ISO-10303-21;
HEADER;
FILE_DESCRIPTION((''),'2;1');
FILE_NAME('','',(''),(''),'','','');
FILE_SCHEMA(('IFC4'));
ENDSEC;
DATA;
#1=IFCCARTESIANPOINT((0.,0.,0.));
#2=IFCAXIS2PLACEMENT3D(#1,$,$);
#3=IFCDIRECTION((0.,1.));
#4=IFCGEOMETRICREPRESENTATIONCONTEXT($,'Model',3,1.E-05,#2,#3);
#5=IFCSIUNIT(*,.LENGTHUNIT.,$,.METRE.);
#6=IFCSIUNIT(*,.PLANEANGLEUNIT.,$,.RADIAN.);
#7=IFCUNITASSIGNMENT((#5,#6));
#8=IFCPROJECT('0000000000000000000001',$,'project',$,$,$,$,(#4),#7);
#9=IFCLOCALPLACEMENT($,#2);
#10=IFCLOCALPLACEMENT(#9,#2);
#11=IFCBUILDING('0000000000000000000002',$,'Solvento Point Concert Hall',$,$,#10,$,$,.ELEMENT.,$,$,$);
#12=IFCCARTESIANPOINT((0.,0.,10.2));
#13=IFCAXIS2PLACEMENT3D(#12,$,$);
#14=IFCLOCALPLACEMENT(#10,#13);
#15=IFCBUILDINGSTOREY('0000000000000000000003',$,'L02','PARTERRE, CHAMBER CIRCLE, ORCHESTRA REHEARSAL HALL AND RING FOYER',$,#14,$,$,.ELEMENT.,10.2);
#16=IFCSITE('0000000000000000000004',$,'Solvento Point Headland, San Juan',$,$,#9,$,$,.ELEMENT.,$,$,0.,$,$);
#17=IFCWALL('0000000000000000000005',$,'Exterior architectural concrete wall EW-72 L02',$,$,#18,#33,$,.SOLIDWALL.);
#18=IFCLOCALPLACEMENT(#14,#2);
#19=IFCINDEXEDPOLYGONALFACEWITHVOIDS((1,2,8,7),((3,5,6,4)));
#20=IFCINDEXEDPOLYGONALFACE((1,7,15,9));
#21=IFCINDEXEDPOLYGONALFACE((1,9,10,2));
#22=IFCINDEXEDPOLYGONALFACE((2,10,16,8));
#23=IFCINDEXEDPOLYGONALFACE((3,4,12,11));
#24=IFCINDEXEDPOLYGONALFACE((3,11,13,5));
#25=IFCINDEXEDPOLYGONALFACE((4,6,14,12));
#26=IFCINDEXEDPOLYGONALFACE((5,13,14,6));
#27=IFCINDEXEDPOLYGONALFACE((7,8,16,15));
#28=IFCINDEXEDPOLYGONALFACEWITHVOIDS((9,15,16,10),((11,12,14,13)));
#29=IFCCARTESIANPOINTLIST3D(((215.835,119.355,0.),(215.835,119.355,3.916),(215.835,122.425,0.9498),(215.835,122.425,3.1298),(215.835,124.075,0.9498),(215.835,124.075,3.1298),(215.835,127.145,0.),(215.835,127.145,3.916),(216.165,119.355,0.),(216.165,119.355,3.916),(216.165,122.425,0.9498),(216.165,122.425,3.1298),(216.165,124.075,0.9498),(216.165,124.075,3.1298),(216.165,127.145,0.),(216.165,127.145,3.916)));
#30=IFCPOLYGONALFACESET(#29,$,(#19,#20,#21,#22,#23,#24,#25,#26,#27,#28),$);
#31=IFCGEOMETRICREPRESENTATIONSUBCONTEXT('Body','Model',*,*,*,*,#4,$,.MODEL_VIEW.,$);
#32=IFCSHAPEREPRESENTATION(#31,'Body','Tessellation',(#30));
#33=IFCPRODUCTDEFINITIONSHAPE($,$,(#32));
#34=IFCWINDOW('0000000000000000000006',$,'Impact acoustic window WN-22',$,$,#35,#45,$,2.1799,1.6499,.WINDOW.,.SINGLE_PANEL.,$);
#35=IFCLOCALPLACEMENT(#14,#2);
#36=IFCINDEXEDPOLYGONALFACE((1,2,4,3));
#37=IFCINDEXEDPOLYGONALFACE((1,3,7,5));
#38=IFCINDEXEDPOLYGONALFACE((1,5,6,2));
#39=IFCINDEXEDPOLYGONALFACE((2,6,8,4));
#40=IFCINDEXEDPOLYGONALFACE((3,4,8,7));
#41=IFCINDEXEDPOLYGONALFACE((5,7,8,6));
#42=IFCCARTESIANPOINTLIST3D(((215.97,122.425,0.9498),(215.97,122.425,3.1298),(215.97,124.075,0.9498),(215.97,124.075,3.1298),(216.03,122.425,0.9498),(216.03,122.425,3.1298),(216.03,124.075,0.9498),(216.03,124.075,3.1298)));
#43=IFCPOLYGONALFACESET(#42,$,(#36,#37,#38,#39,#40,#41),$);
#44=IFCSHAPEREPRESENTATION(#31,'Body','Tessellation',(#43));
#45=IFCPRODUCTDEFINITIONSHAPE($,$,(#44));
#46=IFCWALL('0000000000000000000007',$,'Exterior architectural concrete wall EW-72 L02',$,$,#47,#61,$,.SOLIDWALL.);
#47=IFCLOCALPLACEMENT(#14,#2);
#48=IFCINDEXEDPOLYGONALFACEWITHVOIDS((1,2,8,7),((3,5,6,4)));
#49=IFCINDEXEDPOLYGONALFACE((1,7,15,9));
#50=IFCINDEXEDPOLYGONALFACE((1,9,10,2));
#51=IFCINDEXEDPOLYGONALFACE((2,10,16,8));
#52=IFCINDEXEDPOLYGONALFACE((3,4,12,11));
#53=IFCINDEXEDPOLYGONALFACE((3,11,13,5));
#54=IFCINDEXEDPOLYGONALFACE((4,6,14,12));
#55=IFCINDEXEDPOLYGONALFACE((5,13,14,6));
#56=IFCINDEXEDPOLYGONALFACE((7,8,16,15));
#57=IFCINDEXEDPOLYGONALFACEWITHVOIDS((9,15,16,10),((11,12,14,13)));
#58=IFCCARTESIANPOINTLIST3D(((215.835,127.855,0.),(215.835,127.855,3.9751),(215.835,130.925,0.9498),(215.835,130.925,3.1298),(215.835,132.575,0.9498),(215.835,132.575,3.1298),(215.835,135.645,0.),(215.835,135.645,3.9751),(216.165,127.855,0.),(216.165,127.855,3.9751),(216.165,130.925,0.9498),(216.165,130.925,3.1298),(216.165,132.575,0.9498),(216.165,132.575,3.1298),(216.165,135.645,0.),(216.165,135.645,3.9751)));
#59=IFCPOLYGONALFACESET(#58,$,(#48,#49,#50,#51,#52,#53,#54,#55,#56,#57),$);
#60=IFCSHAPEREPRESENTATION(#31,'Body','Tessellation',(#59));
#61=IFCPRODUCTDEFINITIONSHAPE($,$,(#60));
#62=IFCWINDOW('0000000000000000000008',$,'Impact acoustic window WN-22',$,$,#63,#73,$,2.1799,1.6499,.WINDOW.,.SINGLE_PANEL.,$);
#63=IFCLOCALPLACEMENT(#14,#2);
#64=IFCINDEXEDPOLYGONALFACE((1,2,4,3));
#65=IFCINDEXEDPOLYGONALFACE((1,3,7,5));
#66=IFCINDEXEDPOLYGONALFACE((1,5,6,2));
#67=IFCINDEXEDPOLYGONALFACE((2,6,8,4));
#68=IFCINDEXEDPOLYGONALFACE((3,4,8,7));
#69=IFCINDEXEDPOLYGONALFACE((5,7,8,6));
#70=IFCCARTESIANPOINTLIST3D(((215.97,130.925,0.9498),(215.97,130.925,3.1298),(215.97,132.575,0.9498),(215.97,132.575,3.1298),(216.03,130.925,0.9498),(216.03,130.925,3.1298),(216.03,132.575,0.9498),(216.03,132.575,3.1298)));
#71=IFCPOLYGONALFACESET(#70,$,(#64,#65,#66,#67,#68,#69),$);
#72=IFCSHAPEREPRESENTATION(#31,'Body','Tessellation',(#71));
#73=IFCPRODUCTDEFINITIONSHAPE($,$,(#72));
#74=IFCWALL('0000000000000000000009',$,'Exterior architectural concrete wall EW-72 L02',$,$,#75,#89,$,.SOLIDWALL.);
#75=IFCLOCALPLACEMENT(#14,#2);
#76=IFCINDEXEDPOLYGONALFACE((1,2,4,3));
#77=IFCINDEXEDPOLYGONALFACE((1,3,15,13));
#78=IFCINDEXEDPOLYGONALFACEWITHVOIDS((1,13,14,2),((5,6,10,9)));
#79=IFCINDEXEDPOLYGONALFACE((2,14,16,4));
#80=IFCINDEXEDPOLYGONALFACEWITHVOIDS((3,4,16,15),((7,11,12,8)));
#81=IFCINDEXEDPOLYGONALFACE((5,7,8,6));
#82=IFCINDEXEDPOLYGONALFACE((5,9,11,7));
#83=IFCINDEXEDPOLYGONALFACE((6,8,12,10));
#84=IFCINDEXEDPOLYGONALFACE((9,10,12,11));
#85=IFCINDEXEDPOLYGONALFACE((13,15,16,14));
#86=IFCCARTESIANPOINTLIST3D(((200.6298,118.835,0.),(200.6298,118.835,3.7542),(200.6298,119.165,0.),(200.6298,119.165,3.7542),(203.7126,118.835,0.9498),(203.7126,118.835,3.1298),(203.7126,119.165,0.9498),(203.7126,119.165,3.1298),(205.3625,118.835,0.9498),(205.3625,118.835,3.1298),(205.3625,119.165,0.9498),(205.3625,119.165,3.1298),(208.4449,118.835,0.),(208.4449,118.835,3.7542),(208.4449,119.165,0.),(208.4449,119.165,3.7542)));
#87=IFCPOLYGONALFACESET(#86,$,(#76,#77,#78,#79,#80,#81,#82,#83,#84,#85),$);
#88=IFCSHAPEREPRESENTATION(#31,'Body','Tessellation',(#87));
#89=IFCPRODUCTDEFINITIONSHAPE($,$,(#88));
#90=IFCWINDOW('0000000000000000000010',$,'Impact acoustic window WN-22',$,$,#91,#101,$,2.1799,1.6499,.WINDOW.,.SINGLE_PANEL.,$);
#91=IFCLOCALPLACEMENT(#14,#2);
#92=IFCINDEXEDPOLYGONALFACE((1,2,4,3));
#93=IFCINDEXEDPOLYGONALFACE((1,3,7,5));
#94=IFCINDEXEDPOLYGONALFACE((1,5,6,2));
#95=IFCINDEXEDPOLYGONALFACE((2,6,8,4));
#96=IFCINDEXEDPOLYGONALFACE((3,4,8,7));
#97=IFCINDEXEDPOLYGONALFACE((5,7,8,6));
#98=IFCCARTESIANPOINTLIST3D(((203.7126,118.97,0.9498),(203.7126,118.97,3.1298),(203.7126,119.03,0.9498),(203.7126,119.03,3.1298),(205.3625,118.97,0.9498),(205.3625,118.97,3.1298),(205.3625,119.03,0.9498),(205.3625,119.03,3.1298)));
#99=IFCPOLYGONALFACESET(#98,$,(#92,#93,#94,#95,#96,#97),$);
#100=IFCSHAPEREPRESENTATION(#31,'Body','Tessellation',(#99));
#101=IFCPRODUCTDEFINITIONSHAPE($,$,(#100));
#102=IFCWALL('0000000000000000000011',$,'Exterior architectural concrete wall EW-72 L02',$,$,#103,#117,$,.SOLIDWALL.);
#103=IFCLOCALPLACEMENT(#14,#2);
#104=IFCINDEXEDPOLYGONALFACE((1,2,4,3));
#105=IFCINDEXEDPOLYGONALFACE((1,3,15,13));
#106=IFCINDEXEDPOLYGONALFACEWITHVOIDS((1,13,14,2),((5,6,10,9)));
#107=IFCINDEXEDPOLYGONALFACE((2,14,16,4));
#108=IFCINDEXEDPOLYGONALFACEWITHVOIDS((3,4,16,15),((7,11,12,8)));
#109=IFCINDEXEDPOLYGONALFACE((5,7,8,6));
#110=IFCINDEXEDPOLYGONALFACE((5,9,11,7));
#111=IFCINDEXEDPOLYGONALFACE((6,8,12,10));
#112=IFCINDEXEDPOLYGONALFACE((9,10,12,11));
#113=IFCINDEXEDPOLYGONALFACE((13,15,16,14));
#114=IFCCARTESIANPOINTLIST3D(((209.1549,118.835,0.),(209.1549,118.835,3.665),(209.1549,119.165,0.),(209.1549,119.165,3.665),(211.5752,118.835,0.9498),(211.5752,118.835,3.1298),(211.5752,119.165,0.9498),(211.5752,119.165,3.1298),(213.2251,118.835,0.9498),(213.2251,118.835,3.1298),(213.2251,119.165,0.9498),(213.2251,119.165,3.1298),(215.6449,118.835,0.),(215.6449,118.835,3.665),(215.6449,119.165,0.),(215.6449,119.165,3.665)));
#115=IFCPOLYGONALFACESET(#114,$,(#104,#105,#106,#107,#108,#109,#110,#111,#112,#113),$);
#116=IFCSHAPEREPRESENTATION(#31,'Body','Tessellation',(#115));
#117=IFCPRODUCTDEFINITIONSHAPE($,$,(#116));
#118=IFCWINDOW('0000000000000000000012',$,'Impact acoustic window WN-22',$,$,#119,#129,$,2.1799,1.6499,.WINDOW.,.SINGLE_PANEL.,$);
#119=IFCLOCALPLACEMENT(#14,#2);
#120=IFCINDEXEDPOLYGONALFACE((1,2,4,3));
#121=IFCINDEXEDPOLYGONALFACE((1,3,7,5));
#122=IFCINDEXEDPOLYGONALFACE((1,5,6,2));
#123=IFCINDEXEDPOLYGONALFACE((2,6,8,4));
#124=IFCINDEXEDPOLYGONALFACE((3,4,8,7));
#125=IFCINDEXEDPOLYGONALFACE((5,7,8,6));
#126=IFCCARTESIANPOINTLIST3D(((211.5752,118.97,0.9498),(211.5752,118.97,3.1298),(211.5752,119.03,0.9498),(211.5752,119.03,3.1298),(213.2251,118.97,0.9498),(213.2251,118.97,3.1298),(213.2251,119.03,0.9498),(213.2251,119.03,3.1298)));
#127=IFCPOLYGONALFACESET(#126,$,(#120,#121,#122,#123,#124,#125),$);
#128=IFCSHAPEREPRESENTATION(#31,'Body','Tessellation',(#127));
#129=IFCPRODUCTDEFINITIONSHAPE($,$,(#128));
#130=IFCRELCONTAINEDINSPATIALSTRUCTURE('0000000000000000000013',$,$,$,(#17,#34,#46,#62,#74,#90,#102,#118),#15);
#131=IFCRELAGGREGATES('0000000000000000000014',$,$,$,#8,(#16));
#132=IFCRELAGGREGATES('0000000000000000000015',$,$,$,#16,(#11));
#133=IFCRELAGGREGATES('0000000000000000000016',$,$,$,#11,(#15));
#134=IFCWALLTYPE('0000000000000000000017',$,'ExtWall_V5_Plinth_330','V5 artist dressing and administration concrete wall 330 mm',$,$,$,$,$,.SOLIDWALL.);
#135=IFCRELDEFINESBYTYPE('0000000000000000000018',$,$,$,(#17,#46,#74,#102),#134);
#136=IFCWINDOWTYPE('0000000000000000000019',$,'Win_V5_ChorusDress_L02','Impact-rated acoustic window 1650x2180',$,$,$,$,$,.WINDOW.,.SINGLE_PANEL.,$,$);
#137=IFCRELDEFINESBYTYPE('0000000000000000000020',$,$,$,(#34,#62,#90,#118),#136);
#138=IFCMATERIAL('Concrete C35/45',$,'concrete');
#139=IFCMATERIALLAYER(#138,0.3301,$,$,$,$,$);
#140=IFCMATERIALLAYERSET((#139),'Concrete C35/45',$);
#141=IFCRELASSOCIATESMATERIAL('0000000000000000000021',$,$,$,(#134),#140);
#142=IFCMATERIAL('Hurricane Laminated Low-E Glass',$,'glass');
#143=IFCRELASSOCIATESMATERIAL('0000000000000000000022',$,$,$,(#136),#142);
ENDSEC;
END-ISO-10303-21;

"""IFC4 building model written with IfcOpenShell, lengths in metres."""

from ifc_helpers import new_model, si_unit, direction, frame, frame_2d, origin, place, context, subcontext, project, spatial, rectangle, extrude, material, layer, layer_set, type_object, element, fill, save


model = new_model("IFC4")

# Units and contexts
model_context = context("Model", 3, precision=1e-05, world=origin(), true_north=direction((0.0, 1.0)))
body_context = subcontext(model_context, "Body", "Model", "MODEL_VIEW")
ifc_project = project(units=[si_unit("LENGTHUNIT", "METRE"), si_unit("PLANEANGLEUNIT", "RADIAN")], contexts=[model_context])

# Site, building, storey
site_placement = place(None, origin())
site = spatial("IfcSite", under=ifc_project, at=site_placement, Name="Solvento Point Headland, San Juan", CompositionType="ELEMENT", RefElevation=0.0)
building_placement = place(site_placement, origin())
building = spatial("IfcBuilding", under=site, at=building_placement, Name="Solvento Point Concert Hall", CompositionType="ELEMENT")
storey_placement = place(building_placement, frame((0.0, 0.0, 10.2)))
storey = spatial("IfcBuildingStorey", under=building, at=storey_placement, Name="L02", Description="PARTERRE, CHAMBER CIRCLE, ORCHESTRA REHEARSAL HALL AND RING FOYER", CompositionType="ELEMENT", Elevation=10.2)

# Walls, openings, windows
ifc_material_1 = material(Name="Concrete C35/45", Category="concrete")
ifc_layer_1 = layer(ifc_material_1, 0.3301)
ifc_layer_set_1 = layer_set([ifc_layer_1], Name="Concrete C35/45")
wall_type_1 = type_object("IfcWallType", Name="ExtWall_V5_Plinth_330", Description="V5 artist dressing and administration concrete wall 330 mm", PredefinedType="SOLIDWALL", material=ifc_layer_set_1)
ifc_material_2 = material(Name="Hurricane Laminated Low-E Glass", Category="glass")
window_type = type_object("IfcWindowType", Name="Win_V5_ChorusDress_L02", Description="Impact-rated acoustic window 1650x2180", PartitioningType="SINGLE_PANEL", PredefinedType="WINDOW", material=ifc_material_2)
wall_1_placement = place(storey_placement, frame((216.0, 127.145, 0.0), z_axis=(0.0, 0.0, 1.0), x_axis=(0.0, -1.0, 0.0)))
wall_1 = element("IfcWall", 1, at=wall_1_placement, inside=storey, type_object=wall_type_1, Name="Exterior architectural concrete wall EW-72 L02", PredefinedType="SOLIDWALL", context=body_context, shape_type="SweptSolid", body=[
    extrude(rectangle(XDim=7.79, YDim=0.3301, at=frame_2d((3.895, 0.0))), origin(), (0.0, 0.0, 1.0), 3.916),
])
opening_1_placement = place(wall_1_placement, frame((3.0701, 0.0, 0.95)))
opening_1 = element("IfcOpeningElement", 2, at=opening_1_placement, cuts=wall_1, PredefinedType="OPENING", context=body_context, shape_type="SweptSolid", body=[
    extrude(rectangle(XDim=1.6499, YDim=2.1799, at=frame_2d((0.825, 1.0898))), frame((0.0, 0.175, 0.0), z_axis=(0.0, -1.0, 0.0), x_axis=(1.0, 0.0, 0.0)), (0.0, 0.0, 1.0), 0.3501),
])
window_1_placement = place(opening_1_placement, origin())
window_1 = element("IfcWindow", 3, at=window_1_placement, inside=storey, type_object=window_type, Name="Impact acoustic window WN-22", OverallHeight=2.1799, OverallWidth=1.6499, PartitioningType="SINGLE_PANEL", PredefinedType="WINDOW", context=body_context, shape_type="SweptSolid", body=[
    extrude(rectangle(XDim=1.6499, YDim=2.1799, at=frame_2d((0.825, 1.0898))), frame((0.0, 0.03, 0.0), z_axis=(0.0, -1.0, 0.0), x_axis=(1.0, 0.0, 0.0)), (0.0, 0.0, 1.0), 0.0601),
])
fill(opening_1, window_1)
wall_2_placement = place(storey_placement, frame((216.0, 135.645, 0.0), z_axis=(0.0, 0.0, 1.0), x_axis=(0.0, -1.0, 0.0)))
wall_2 = element("IfcWall", 4, at=wall_2_placement, inside=storey, type_object=wall_type_1, Name="Exterior architectural concrete wall EW-72 L02", PredefinedType="SOLIDWALL", context=body_context, shape_type="SweptSolid", body=[
    extrude(rectangle(XDim=7.79, YDim=0.3301, at=frame_2d((3.895, 0.0))), origin(), (0.0, 0.0, 1.0), 3.9751),
])
opening_2_placement = place(wall_2_placement, frame((3.0701, 0.0, 0.95)))
opening_2 = element("IfcOpeningElement", 5, at=opening_2_placement, cuts=wall_2, PredefinedType="OPENING", context=body_context, shape_type="SweptSolid", body=[
    extrude(rectangle(XDim=1.6499, YDim=2.1799, at=frame_2d((0.825, 1.0898))), frame((0.0, 0.175, 0.0), z_axis=(0.0, -1.0, 0.0), x_axis=(1.0, 0.0, 0.0)), (0.0, 0.0, 1.0), 0.3501),
])
window_2_placement = place(opening_2_placement, origin())
window_2 = element("IfcWindow", 6, at=window_2_placement, inside=storey, type_object=window_type, Name="Impact acoustic window WN-22", OverallHeight=2.1799, OverallWidth=1.6499, PartitioningType="SINGLE_PANEL", PredefinedType="WINDOW", context=body_context, shape_type="SweptSolid", body=[
    extrude(rectangle(XDim=1.6499, YDim=2.1799, at=frame_2d((0.825, 1.0898))), frame((0.0, 0.03, 0.0), z_axis=(0.0, -1.0, 0.0), x_axis=(1.0, 0.0, 0.0)), (0.0, 0.0, 1.0), 0.0601),
])
fill(opening_2, window_2)
wall_3_placement = place(storey_placement, frame((208.4451, 119.0, 0.0), z_axis=(0.0, 0.0, 1.0), x_axis=(-1.0, 0.0, 0.0)))
wall_3 = element("IfcWall", 7, at=wall_3_placement, inside=storey, type_object=wall_type_1, Name="Exterior architectural concrete wall EW-72 L02", PredefinedType="SOLIDWALL", context=body_context, shape_type="SweptSolid", body=[
    extrude(rectangle(XDim=7.8152, YDim=0.3301, at=frame_2d((3.9077, 0.0))), origin(), (0.0, 0.0, 1.0), 3.7542),
])
opening_3_placement = place(wall_3_placement, frame((3.0825, 0.0, 0.95)))
opening_3 = element("IfcOpeningElement", 8, at=opening_3_placement, cuts=wall_3, PredefinedType="OPENING", context=body_context, shape_type="SweptSolid", body=[
    extrude(rectangle(XDim=1.6499, YDim=2.1799, at=frame_2d((0.825, 1.0898))), frame((0.0, 0.175, 0.0), z_axis=(0.0, -1.0, 0.0), x_axis=(1.0, 0.0, 0.0)), (0.0, 0.0, 1.0), 0.3501),
])
window_3_placement = place(opening_3_placement, origin())
window_3 = element("IfcWindow", 9, at=window_3_placement, inside=storey, type_object=window_type, Name="Impact acoustic window WN-22", OverallHeight=2.1799, OverallWidth=1.6499, PartitioningType="SINGLE_PANEL", PredefinedType="WINDOW", context=body_context, shape_type="SweptSolid", body=[
    extrude(rectangle(XDim=1.6499, YDim=2.1799, at=frame_2d((0.825, 1.0898))), frame((0.0, 0.03, 0.0), z_axis=(0.0, -1.0, 0.0), x_axis=(1.0, 0.0, 0.0)), (0.0, 0.0, 1.0), 0.0601),
])
fill(opening_3, window_3)
wall_4_placement = place(storey_placement, frame((215.645, 119.0, 0.0), z_axis=(0.0, 0.0, 1.0), x_axis=(-1.0, 0.0, 0.0)))
wall_4 = element("IfcWall", 10, at=wall_4_placement, inside=storey, type_object=wall_type_1, Name="Exterior architectural concrete wall EW-72 L02", PredefinedType="SOLIDWALL", context=body_context, shape_type="SweptSolid", body=[
    extrude(rectangle(XDim=6.49, YDim=0.3301, at=frame_2d((3.2451, 0.0))), origin(), (0.0, 0.0, 1.0), 3.665),
])
opening_4_placement = place(wall_4_placement, frame((2.4199, 0.0, 0.95)))
opening_4 = element("IfcOpeningElement", 11, at=opening_4_placement, cuts=wall_4, PredefinedType="OPENING", context=body_context, shape_type="SweptSolid", body=[
    extrude(rectangle(XDim=1.6499, YDim=2.1799, at=frame_2d((0.825, 1.0898))), frame((0.0, 0.175, 0.0), z_axis=(0.0, -1.0, 0.0), x_axis=(1.0, 0.0, 0.0)), (0.0, 0.0, 1.0), 0.3501),
])
window_4_placement = place(opening_4_placement, origin())
window_4 = element("IfcWindow", 12, at=window_4_placement, inside=storey, type_object=window_type, Name="Impact acoustic window WN-22", OverallHeight=2.1799, OverallWidth=1.6499, PartitioningType="SINGLE_PANEL", PredefinedType="WINDOW", context=body_context, shape_type="SweptSolid", body=[
    extrude(rectangle(XDim=1.6499, YDim=2.1799, at=frame_2d((0.825, 1.0898))), frame((0.0, 0.03, 0.0), z_axis=(0.0, -1.0, 0.0), x_axis=(1.0, 0.0, 0.0)), (0.0, 0.0, 1.0), 0.0601),
])
fill(opening_4, window_4)

save(model, "model.ifc")
